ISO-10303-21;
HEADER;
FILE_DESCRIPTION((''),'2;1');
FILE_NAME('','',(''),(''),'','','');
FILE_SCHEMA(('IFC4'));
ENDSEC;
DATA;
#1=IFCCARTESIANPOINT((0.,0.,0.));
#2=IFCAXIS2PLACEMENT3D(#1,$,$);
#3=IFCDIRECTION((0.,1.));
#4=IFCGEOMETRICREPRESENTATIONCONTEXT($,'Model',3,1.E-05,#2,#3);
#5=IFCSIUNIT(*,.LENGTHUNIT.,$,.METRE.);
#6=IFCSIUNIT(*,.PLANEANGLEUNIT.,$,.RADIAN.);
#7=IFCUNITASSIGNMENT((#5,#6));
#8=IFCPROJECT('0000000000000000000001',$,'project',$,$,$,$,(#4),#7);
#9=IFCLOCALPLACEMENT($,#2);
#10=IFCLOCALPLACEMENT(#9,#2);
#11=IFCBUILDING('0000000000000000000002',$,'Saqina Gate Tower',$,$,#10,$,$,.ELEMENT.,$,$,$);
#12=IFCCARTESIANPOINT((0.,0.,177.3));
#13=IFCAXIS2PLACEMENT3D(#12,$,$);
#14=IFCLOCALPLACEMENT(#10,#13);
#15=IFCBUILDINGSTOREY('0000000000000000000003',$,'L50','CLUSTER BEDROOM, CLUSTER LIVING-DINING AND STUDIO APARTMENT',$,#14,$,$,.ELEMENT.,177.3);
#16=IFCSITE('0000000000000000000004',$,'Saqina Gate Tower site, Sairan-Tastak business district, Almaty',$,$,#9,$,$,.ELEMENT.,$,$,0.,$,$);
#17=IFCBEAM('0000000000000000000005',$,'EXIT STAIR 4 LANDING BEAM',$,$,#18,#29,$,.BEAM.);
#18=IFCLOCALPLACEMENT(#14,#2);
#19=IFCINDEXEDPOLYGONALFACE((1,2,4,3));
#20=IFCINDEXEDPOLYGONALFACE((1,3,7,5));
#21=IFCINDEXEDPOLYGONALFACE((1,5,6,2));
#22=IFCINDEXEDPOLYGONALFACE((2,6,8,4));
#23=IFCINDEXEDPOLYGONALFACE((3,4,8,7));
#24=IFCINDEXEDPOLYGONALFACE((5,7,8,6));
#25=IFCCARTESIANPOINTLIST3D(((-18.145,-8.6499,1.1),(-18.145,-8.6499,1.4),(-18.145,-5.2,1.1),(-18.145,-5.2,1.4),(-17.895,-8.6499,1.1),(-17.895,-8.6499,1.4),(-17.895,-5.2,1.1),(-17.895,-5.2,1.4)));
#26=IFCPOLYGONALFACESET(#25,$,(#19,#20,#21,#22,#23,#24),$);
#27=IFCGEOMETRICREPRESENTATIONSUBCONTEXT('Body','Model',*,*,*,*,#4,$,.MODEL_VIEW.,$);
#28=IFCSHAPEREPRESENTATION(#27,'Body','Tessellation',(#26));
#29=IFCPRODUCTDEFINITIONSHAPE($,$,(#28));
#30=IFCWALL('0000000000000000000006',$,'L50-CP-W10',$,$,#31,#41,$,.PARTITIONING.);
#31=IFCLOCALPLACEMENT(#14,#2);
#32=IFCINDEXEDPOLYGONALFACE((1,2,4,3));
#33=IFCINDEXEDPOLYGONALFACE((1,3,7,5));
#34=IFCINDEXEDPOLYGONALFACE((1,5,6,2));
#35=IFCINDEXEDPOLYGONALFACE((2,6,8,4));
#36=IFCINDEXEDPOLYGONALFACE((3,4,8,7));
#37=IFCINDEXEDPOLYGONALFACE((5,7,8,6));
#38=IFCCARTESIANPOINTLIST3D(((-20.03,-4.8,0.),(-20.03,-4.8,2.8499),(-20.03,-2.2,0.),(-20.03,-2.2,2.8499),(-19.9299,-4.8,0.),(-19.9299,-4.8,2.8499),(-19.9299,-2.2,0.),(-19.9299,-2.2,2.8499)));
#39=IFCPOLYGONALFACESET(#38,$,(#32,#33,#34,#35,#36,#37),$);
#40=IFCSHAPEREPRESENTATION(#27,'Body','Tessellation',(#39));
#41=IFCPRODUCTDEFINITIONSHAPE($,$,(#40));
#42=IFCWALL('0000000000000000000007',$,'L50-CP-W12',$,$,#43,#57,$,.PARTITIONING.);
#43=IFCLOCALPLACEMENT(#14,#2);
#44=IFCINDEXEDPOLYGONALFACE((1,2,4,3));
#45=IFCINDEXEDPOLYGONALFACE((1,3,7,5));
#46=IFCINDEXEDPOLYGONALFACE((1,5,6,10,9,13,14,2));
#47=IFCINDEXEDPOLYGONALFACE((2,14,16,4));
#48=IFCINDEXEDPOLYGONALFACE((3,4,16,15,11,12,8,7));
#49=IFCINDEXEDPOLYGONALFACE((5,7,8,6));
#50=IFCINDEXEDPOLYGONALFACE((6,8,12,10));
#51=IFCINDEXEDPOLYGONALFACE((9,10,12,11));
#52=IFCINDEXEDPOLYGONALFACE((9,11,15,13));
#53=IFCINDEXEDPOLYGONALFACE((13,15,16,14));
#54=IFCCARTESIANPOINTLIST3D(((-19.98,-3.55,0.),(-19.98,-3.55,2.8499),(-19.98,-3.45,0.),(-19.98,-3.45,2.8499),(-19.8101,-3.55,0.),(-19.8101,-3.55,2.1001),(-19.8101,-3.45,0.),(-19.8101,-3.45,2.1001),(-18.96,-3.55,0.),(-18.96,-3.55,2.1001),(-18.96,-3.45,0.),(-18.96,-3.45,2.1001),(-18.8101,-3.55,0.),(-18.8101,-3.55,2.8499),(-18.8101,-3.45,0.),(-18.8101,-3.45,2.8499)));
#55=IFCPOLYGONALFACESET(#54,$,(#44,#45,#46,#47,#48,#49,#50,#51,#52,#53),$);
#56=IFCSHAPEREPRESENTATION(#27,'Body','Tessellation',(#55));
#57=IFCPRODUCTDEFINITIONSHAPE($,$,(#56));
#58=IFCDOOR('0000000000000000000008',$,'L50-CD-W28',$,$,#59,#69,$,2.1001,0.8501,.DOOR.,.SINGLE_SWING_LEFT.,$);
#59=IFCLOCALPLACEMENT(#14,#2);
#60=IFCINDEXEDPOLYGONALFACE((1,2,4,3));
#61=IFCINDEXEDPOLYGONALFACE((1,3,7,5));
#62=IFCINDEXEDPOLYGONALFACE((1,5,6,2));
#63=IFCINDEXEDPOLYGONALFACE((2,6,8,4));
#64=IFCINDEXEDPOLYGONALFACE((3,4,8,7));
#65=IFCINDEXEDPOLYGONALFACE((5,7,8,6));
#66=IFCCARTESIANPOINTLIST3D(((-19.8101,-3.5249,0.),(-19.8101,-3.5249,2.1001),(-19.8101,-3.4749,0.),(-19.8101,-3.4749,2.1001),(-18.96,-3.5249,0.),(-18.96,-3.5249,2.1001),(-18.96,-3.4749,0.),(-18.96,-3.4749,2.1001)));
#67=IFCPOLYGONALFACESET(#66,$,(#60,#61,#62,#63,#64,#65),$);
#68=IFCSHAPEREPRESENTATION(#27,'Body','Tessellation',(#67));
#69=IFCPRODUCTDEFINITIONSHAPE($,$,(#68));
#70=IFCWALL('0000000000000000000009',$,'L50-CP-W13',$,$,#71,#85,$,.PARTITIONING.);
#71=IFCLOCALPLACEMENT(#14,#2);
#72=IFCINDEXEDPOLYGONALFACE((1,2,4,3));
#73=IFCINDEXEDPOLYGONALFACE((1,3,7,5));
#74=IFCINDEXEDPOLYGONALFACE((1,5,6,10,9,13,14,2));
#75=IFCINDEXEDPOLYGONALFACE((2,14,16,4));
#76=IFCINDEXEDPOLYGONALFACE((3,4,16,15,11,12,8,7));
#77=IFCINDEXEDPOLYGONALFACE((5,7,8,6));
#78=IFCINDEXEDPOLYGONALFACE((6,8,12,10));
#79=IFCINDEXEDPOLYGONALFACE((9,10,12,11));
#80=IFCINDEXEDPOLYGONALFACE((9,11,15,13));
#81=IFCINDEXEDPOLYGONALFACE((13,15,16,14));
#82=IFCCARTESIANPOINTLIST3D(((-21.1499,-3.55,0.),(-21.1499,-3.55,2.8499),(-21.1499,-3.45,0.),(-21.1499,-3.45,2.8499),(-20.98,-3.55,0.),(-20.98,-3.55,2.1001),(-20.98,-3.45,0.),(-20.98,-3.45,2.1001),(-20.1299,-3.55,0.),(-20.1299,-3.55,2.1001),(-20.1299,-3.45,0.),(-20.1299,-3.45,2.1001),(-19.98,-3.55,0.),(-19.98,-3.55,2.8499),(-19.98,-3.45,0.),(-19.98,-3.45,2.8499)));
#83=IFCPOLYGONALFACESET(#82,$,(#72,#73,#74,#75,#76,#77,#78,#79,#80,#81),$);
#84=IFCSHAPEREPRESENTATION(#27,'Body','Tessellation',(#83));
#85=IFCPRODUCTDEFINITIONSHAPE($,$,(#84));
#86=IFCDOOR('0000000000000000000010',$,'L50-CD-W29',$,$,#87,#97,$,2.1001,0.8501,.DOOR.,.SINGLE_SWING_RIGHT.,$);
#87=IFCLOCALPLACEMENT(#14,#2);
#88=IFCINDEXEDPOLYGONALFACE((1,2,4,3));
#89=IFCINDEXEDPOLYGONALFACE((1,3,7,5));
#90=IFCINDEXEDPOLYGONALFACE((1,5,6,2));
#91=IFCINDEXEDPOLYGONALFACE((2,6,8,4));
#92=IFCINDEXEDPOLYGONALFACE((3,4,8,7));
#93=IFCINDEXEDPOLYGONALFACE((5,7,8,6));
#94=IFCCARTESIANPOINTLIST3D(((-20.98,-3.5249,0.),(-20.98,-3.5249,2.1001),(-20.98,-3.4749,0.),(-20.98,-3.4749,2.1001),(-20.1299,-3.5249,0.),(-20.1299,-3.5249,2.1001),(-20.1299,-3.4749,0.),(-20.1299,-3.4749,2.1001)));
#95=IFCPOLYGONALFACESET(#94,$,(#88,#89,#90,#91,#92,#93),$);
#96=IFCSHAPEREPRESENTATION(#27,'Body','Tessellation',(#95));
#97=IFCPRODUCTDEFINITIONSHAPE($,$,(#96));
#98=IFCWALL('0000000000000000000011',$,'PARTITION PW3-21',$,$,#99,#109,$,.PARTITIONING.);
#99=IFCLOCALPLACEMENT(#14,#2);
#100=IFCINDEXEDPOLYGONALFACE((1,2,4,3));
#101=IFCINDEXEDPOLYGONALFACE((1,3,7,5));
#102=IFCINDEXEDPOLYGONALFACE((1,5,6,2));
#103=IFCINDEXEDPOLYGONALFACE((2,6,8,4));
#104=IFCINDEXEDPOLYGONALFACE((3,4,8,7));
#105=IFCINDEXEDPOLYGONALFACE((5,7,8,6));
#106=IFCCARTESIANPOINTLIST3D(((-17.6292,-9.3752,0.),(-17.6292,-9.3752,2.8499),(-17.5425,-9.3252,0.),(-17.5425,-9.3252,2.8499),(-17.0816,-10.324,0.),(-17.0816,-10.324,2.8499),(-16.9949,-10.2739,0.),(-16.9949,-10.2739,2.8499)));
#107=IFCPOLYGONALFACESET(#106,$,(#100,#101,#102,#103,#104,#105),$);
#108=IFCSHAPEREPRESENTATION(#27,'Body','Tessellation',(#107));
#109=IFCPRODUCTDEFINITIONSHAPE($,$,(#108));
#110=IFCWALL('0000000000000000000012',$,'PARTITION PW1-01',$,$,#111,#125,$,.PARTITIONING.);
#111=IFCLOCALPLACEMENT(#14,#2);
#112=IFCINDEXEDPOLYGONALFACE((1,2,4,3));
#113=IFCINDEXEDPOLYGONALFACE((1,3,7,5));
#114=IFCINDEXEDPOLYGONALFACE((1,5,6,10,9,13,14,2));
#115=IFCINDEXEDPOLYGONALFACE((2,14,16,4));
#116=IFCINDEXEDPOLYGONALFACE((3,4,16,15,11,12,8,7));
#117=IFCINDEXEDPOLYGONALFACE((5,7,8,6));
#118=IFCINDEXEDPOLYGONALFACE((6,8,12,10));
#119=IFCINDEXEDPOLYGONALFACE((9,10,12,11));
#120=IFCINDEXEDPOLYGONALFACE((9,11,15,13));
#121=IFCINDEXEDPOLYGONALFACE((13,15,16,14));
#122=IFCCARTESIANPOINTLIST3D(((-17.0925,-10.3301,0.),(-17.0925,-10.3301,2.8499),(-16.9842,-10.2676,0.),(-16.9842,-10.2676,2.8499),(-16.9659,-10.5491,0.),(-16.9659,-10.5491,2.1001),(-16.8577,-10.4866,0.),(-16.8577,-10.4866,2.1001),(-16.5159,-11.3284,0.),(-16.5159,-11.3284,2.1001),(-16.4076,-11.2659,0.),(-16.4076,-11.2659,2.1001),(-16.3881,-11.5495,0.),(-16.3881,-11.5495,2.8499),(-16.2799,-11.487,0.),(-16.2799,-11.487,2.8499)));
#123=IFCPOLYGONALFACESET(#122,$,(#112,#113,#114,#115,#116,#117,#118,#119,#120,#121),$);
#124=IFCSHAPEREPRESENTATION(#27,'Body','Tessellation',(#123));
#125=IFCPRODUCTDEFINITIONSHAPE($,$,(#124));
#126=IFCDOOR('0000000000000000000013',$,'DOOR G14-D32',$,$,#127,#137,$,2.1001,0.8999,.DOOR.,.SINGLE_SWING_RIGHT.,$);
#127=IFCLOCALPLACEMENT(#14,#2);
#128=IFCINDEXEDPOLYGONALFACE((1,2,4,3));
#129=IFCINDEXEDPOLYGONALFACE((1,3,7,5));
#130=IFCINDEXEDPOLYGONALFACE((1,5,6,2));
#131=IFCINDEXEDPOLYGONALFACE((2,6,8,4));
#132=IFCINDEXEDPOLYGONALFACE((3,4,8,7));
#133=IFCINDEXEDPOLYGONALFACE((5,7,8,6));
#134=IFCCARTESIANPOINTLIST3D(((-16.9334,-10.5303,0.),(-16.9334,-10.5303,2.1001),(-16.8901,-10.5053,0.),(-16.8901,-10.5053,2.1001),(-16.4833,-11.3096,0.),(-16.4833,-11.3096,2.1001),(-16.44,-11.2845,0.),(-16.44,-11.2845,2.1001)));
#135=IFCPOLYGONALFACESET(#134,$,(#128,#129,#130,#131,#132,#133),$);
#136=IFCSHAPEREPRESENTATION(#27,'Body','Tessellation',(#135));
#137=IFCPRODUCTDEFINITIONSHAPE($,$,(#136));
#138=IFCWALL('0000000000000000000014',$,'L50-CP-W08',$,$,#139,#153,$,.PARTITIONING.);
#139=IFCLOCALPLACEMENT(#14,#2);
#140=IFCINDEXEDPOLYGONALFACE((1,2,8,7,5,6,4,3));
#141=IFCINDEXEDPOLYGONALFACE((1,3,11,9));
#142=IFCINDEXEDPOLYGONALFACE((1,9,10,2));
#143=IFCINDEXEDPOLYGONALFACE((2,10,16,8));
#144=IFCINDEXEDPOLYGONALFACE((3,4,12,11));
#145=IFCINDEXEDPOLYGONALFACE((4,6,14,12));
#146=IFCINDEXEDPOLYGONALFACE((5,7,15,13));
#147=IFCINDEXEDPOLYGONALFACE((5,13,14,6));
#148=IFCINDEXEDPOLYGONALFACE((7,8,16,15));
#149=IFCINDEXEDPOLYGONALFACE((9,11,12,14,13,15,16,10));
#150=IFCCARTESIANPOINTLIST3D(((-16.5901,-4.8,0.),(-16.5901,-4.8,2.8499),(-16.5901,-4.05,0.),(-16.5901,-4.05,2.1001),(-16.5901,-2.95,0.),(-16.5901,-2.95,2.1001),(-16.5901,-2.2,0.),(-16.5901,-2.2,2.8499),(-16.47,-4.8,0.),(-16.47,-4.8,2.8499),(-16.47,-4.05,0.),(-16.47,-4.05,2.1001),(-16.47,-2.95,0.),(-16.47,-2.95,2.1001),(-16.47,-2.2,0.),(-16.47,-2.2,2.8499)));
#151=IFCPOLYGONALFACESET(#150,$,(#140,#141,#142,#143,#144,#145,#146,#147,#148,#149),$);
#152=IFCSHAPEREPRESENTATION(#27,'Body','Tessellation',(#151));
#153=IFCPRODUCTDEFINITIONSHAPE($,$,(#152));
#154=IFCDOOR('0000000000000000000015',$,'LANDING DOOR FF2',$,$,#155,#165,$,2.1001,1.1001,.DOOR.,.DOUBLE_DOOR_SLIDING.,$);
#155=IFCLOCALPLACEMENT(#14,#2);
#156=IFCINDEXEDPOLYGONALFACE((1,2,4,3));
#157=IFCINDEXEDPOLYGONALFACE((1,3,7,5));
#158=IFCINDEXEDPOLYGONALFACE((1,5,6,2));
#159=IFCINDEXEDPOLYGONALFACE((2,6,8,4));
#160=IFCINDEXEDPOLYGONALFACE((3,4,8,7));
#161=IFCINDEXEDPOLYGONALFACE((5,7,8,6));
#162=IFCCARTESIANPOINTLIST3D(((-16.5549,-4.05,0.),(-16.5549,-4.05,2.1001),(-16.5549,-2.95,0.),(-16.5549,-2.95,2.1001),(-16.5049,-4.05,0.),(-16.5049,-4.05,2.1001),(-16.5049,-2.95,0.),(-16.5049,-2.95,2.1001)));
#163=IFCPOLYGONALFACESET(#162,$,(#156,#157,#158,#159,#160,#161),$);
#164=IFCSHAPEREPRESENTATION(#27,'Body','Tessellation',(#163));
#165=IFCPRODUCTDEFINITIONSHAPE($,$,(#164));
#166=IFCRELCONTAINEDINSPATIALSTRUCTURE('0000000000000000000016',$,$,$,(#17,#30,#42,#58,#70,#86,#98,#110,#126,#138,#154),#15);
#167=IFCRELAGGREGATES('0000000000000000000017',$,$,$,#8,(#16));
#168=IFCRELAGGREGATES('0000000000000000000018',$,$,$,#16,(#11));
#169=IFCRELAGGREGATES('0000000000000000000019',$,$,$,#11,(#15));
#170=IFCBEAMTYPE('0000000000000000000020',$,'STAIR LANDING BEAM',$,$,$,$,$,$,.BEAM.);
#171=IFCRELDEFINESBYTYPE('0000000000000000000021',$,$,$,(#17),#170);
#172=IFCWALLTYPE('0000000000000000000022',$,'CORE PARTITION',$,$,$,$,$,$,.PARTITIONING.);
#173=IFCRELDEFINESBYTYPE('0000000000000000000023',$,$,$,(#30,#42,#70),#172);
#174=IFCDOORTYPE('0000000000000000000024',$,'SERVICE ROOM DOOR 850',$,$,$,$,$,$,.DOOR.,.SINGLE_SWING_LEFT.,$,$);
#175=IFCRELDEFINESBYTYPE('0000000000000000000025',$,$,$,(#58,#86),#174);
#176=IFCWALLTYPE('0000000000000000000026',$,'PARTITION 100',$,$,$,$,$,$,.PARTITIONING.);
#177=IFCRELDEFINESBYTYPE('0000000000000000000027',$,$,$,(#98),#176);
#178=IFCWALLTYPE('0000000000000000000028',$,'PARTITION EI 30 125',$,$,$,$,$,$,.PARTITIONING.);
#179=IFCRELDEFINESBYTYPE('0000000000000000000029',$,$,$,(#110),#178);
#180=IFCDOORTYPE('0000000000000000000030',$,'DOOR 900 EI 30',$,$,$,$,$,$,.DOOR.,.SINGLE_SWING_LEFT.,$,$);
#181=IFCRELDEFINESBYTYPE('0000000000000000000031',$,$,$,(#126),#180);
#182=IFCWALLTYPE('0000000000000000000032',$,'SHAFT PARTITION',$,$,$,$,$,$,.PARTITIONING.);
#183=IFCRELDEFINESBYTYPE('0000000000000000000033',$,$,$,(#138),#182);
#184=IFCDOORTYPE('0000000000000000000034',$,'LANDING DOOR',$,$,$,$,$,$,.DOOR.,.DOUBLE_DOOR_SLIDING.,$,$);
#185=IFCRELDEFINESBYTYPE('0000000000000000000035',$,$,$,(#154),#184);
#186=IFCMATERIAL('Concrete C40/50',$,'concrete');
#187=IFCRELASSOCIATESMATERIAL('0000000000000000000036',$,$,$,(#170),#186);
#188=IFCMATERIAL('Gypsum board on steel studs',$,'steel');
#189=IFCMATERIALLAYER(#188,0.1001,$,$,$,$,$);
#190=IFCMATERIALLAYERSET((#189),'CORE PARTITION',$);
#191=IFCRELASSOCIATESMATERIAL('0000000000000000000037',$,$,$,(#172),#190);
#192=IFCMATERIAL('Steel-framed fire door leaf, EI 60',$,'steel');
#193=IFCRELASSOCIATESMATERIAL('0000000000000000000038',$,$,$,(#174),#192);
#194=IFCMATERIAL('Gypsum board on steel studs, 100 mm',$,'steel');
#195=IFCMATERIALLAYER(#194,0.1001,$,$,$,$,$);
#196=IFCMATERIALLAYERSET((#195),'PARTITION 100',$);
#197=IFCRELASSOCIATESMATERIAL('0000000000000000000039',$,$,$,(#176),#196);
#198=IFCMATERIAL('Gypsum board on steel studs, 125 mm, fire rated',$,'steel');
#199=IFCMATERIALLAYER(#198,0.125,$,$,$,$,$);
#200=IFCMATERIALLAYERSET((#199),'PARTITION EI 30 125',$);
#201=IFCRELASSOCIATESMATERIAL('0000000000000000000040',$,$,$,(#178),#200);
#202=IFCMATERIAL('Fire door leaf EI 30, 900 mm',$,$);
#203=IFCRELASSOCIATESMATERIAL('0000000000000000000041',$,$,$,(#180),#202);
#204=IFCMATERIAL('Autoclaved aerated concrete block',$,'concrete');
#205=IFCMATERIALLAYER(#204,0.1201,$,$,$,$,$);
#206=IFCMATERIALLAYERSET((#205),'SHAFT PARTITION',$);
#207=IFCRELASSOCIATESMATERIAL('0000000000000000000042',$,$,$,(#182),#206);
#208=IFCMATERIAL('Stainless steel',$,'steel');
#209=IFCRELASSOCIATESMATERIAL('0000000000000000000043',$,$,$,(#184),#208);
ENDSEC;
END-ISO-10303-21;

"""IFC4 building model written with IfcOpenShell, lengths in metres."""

from ifc_helpers import new_model, si_unit, direction, frame, frame_2d, origin, origin_2d, place, context, subcontext, project, spatial, rectangle, extrude, material, layer, layer_set, material_profile, profile_set, type_object, element, fill, save


model = new_model("IFC4")

# Units and contexts
model_context = context("Model", 3, precision=1e-05, world=origin(), true_north=direction((0.0, 1.0)))
body_context = subcontext(model_context, "Body", "Model", "MODEL_VIEW")
ifc_project = project(units=[si_unit("LENGTHUNIT", "METRE"), si_unit("PLANEANGLEUNIT", "RADIAN")], contexts=[model_context])

# Site, building, storey
site_placement = place(None, origin())
site = spatial("IfcSite", under=ifc_project, at=site_placement, Name="Saqina Gate Tower site, Sairan-Tastak business district, Almaty", CompositionType="ELEMENT", RefElevation=0.0)
building_placement = place(site_placement, origin())
building = spatial("IfcBuilding", under=site, at=building_placement, Name="Saqina Gate Tower", CompositionType="ELEMENT")
storey_placement = place(building_placement, frame((0.0, 0.0, 177.3)))
storey = spatial("IfcBuildingStorey", under=building, at=storey_placement, Name="L50", Description="CLUSTER BEDROOM, CLUSTER LIVING-DINING AND STUDIO APARTMENT", CompositionType="ELEMENT", Elevation=177.3)

# Beam
ifc_material_1 = material(Name="Concrete C40/50", Category="concrete")
ifc_material_profile = material_profile(ifc_material_1, rectangle(XDim=0.25, YDim=0.3, at=origin_2d()), Name="STAIR LANDING BEAM")
ifc_profile_set = profile_set([ifc_material_profile], Name="Concrete C40/50")
beam_type = type_object("IfcBeamType", Name="STAIR LANDING BEAM", PredefinedType="BEAM", material=ifc_profile_set)
beam_placement = place(storey_placement, frame((-18.02, -8.6499, 1.25), z_axis=(0.0, 1.0, 0.0), x_axis=(-1.0, 0.0, 0.0)))
element("IfcBeam", 1, at=beam_placement, inside=storey, type_object=beam_type, Name="EXIT STAIR 4 LANDING BEAM", PredefinedType="BEAM", context=body_context, shape_type="SweptSolid", body=[
    extrude(rectangle(XDim=0.25, YDim=0.3, at=origin_2d()), origin(), (0.0, 0.0, 1.0), 3.45),
])

# Wall
ifc_material_2 = material(Name="Gypsum board on steel studs", Category="steel")
ifc_layer_1 = layer(ifc_material_2, 0.1001)
ifc_layer_set_1 = layer_set([ifc_layer_1], Name="CORE PARTITION")
wall_type_1 = type_object("IfcWallType", Name="CORE PARTITION", PredefinedType="PARTITIONING", material=ifc_layer_set_1)
wall_1_placement = place(storey_placement, frame((-19.98, -4.8, 0.0), z_axis=(0.0, 0.0, 1.0), x_axis=(0.0, 1.0, 0.0)))
element("IfcWall", 2, at=wall_1_placement, inside=storey, type_object=wall_type_1, Name="L50-CP-W10", PredefinedType="PARTITIONING", context=body_context, shape_type="SweptSolid", body=[
    extrude(rectangle(XDim=2.6001, YDim=0.1001, at=frame_2d((1.3, 0.0))), origin(), (0.0, 0.0, 1.0), 2.8499),
])

# Walls, openings, doors
wall_2_placement = place(storey_placement, frame((-18.8101, -3.5, 0.0), z_axis=(0.0, 0.0, 1.0), x_axis=(-1.0, 0.0, 0.0)))
wall_2 = element("IfcWall", 3, at=wall_2_placement, inside=storey, type_object=wall_type_1, Name="L50-CP-W12", PredefinedType="PARTITIONING", context=body_context, shape_type="SweptSolid", body=[
    extrude(rectangle(XDim=1.1699, YDim=0.1001, at=frame_2d((0.585, 0.0))), origin(), (0.0, 0.0, 1.0), 2.8499),
])
opening_1_placement = place(wall_2_placement, frame((0.1499, 0.0, 0.0)))
opening_1 = element("IfcOpeningElement", 4, at=opening_1_placement, cuts=wall_2, PredefinedType="OPENING", context=body_context, shape_type="SweptSolid", body=[
    extrude(rectangle(XDim=0.8501, YDim=2.1001, at=frame_2d((0.425, 1.05))), frame((0.0, 0.062, 0.0), z_axis=(0.0, -1.0, 0.0), x_axis=(1.0, 0.0, 0.0)), (0.0, 0.0, 1.0), 0.124),
])
ifc_material_3 = material(Name="Steel-framed fire door leaf, EI 60", Category="steel")
door_type_1 = type_object("IfcDoorType", Name="SERVICE ROOM DOOR 850", OperationType="SINGLE_SWING_LEFT", PredefinedType="DOOR", material=ifc_material_3)
door_1_placement = place(opening_1_placement, origin())
door_1 = element("IfcDoor", 5, at=door_1_placement, inside=storey, type_object=door_type_1, Name="L50-CD-W28", OperationType="SINGLE_SWING_LEFT", OverallHeight=2.1001, OverallWidth=0.8501, PredefinedType="DOOR", context=body_context, shape_type="SweptSolid", body=[
    extrude(rectangle(XDim=0.8501, YDim=2.1001, at=frame_2d((0.425, 1.05))), frame((0.0, 0.0249, 0.0), z_axis=(0.0, -1.0, 0.0), x_axis=(1.0, 0.0, 0.0)), (0.0, 0.0, 1.0), 0.05),
])
fill(opening_1, door_1)
wall_3_placement = place(storey_placement, frame((-19.98, -3.5, 0.0), z_axis=(0.0, 0.0, 1.0), x_axis=(-1.0, 0.0, 0.0)))
wall_3 = element("IfcWall", 6, at=wall_3_placement, inside=storey, type_object=wall_type_1, Name="L50-CP-W13", PredefinedType="PARTITIONING", context=body_context, shape_type="SweptSolid", body=[
    extrude(rectangle(XDim=1.1699, YDim=0.1001, at=frame_2d((0.585, 0.0))), origin(), (0.0, 0.0, 1.0), 2.8499),
])
opening_2_placement = place(wall_3_placement, frame((0.1499, 0.0, 0.0)))
opening_2 = element("IfcOpeningElement", 7, at=opening_2_placement, cuts=wall_3, PredefinedType="OPENING", context=body_context, shape_type="SweptSolid", body=[
    extrude(rectangle(XDim=0.8501, YDim=2.1001, at=frame_2d((0.425, 1.05))), frame((0.0, 0.062, 0.0), z_axis=(0.0, -1.0, 0.0), x_axis=(1.0, 0.0, 0.0)), (0.0, 0.0, 1.0), 0.124),
])
door_2_placement = place(opening_2_placement, origin())
door_2 = element("IfcDoor", 8, at=door_2_placement, inside=storey, type_object=door_type_1, Name="L50-CD-W29", OperationType="SINGLE_SWING_RIGHT", OverallHeight=2.1001, OverallWidth=0.8501, PredefinedType="DOOR", context=body_context, shape_type="SweptSolid", body=[
    extrude(rectangle(XDim=0.8501, YDim=2.1001, at=frame_2d((0.425, 1.05))), frame((0.0, 0.0249, 0.0), z_axis=(0.0, -1.0, 0.0), x_axis=(1.0, 0.0, 0.0)), (0.0, 0.0, 1.0), 0.05),
])
fill(opening_2, door_2)

# Wall
ifc_material_4 = material(Name="Gypsum board on steel studs, 100 mm", Category="steel")
ifc_layer_2 = layer(ifc_material_4, 0.1001)
ifc_layer_set_2 = layer_set([ifc_layer_2], Name="PARTITION 100")
wall_type_2 = type_object("IfcWallType", Name="PARTITION 100", PredefinedType="PARTITIONING", material=ifc_layer_set_2)
wall_4_placement = place(storey_placement, frame((-17.5859, -9.3501, 0.0), z_axis=(0.0, 0.0, 1.0), x_axis=(0.499903, -0.866082, 0.0)))
element("IfcWall", 9, at=wall_4_placement, inside=storey, type_object=wall_type_2, Name="PARTITION PW3-21", PredefinedType="PARTITIONING", context=body_context, shape_type="SweptSolid", body=[
    extrude(rectangle(XDim=1.0955, YDim=0.1001, at=frame_2d((0.5479, 0.0))), origin(), (0.0, 0.0, 1.0), 2.8499),
])

# Walls, openings, doors
ifc_material_5 = material(Name="Gypsum board on steel studs, 125 mm, fire rated", Category="steel")
ifc_layer_3 = layer(ifc_material_5, 0.125)
ifc_layer_set_3 = layer_set([ifc_layer_3], Name="PARTITION EI 30 125")
wall_type_3 = type_object("IfcWallType", Name="PARTITION EI 30 125", PredefinedType="PARTITIONING", material=ifc_layer_set_3)
wall_5_placement = place(storey_placement, frame((-17.0383, -10.2988, 0.0), z_axis=(0.0, 0.0, 1.0), x_axis=(0.500148, -0.86594, 0.0)))
wall_5 = element("IfcWall", 10, at=wall_5_placement, inside=storey, type_object=wall_type_3, Name="PARTITION PW1-01", PredefinedType="PARTITIONING", context=body_context, shape_type="SweptSolid", body=[
    extrude(rectangle(XDim=1.4082, YDim=0.125, at=frame_2d((0.7041, 0.0))), origin(), (0.0, 0.0, 1.0), 2.8499),
])
opening_3_placement = place(wall_5_placement, frame((0.2529, 0.0, 0.0)))
opening_3 = element("IfcOpeningElement", 11, at=opening_3_placement, cuts=wall_5, PredefinedType="OPENING", context=body_context, shape_type="SweptSolid", body=[
    extrude(rectangle(XDim=0.8999, YDim=2.1001, at=frame_2d((0.45, 1.05))), frame((0.0, 0.0745, 0.0), z_axis=(0.0, -1.0, 0.0), x_axis=(1.0, 0.0, 0.0)), (0.0, 0.0, 1.0), 0.1489),
])
ifc_material_6 = material(Name="Fire door leaf EI 30, 900 mm")
door_type_2 = type_object("IfcDoorType", Name="DOOR 900 EI 30", OperationType="SINGLE_SWING_LEFT", PredefinedType="DOOR", material=ifc_material_6)
door_3_placement = place(opening_3_placement, frame((0.8999, 0.0, 0.0), z_axis=(0.0, 0.0, 1.0), x_axis=(-1.0, 0.0, 0.0)))
door_3 = element("IfcDoor", 12, at=door_3_placement, inside=storey, type_object=door_type_2, Name="DOOR G14-D32", OperationType="SINGLE_SWING_RIGHT", OverallHeight=2.1001, OverallWidth=0.8999, PredefinedType="DOOR", context=body_context, shape_type="SweptSolid", body=[
    extrude(rectangle(XDim=0.8999, YDim=2.1001, at=frame_2d((0.45, 1.05))), frame((0.0, 0.0249, 0.0), z_axis=(0.0, -1.0, 0.0), x_axis=(1.0, 0.0, 0.0)), (0.0, 0.0, 1.0), 0.05),
])
fill(opening_3, door_3)
ifc_material_7 = material(Name="Autoclaved aerated concrete block", Category="concrete")
ifc_layer_4 = layer(ifc_material_7, 0.1201)
ifc_layer_set_4 = layer_set([ifc_layer_4], Name="SHAFT PARTITION")
wall_type_4 = type_object("IfcWallType", Name="SHAFT PARTITION", PredefinedType="PARTITIONING", material=ifc_layer_set_4)
wall_6_placement = place(storey_placement, frame((-16.53, -4.8, 0.0), z_axis=(0.0, 0.0, 1.0), x_axis=(0.0, 1.0, 0.0)))
wall_6 = element("IfcWall", 13, at=wall_6_placement, inside=storey, type_object=wall_type_4, Name="L50-CP-W08", PredefinedType="PARTITIONING", context=body_context, shape_type="SweptSolid", body=[
    extrude(rectangle(XDim=2.6001, YDim=0.1201, at=frame_2d((1.3, 0.0))), origin(), (0.0, 0.0, 1.0), 2.8499),
])
opening_4_placement = place(wall_6_placement, frame((0.75, 0.0, 0.0)))
opening_4 = element("IfcOpeningElement", 14, at=opening_4_placement, cuts=wall_6, PredefinedType="OPENING", context=body_context, shape_type="SweptSolid", body=[
    extrude(rectangle(XDim=1.1001, YDim=2.1001, at=frame_2d((0.55, 1.05))), frame((0.0, 0.072, 0.0), z_axis=(0.0, -1.0, 0.0), x_axis=(1.0, 0.0, 0.0)), (0.0, 0.0, 1.0), 0.144),
])
ifc_material_8 = material(Name="Stainless steel", Category="steel")
door_type_3 = type_object("IfcDoorType", Name="LANDING DOOR", OperationType="DOUBLE_DOOR_SLIDING", PredefinedType="DOOR", material=ifc_material_8)
door_4_placement = place(opening_4_placement, origin())
door_4 = element("IfcDoor", 15, at=door_4_placement, inside=storey, type_object=door_type_3, Name="LANDING DOOR FF2", OperationType="DOUBLE_DOOR_SLIDING", OverallHeight=2.1001, OverallWidth=1.1001, PredefinedType="DOOR", context=body_context, shape_type="SweptSolid", body=[
    extrude(rectangle(XDim=1.1001, YDim=2.1001, at=frame_2d((0.55, 1.05))), frame((0.0, 0.0249, 0.0), z_axis=(0.0, -1.0, 0.0), x_axis=(1.0, 0.0, 0.0)), (0.0, 0.0, 1.0), 0.05),
])
fill(opening_4, door_4)

save(model, "model.ifc")
